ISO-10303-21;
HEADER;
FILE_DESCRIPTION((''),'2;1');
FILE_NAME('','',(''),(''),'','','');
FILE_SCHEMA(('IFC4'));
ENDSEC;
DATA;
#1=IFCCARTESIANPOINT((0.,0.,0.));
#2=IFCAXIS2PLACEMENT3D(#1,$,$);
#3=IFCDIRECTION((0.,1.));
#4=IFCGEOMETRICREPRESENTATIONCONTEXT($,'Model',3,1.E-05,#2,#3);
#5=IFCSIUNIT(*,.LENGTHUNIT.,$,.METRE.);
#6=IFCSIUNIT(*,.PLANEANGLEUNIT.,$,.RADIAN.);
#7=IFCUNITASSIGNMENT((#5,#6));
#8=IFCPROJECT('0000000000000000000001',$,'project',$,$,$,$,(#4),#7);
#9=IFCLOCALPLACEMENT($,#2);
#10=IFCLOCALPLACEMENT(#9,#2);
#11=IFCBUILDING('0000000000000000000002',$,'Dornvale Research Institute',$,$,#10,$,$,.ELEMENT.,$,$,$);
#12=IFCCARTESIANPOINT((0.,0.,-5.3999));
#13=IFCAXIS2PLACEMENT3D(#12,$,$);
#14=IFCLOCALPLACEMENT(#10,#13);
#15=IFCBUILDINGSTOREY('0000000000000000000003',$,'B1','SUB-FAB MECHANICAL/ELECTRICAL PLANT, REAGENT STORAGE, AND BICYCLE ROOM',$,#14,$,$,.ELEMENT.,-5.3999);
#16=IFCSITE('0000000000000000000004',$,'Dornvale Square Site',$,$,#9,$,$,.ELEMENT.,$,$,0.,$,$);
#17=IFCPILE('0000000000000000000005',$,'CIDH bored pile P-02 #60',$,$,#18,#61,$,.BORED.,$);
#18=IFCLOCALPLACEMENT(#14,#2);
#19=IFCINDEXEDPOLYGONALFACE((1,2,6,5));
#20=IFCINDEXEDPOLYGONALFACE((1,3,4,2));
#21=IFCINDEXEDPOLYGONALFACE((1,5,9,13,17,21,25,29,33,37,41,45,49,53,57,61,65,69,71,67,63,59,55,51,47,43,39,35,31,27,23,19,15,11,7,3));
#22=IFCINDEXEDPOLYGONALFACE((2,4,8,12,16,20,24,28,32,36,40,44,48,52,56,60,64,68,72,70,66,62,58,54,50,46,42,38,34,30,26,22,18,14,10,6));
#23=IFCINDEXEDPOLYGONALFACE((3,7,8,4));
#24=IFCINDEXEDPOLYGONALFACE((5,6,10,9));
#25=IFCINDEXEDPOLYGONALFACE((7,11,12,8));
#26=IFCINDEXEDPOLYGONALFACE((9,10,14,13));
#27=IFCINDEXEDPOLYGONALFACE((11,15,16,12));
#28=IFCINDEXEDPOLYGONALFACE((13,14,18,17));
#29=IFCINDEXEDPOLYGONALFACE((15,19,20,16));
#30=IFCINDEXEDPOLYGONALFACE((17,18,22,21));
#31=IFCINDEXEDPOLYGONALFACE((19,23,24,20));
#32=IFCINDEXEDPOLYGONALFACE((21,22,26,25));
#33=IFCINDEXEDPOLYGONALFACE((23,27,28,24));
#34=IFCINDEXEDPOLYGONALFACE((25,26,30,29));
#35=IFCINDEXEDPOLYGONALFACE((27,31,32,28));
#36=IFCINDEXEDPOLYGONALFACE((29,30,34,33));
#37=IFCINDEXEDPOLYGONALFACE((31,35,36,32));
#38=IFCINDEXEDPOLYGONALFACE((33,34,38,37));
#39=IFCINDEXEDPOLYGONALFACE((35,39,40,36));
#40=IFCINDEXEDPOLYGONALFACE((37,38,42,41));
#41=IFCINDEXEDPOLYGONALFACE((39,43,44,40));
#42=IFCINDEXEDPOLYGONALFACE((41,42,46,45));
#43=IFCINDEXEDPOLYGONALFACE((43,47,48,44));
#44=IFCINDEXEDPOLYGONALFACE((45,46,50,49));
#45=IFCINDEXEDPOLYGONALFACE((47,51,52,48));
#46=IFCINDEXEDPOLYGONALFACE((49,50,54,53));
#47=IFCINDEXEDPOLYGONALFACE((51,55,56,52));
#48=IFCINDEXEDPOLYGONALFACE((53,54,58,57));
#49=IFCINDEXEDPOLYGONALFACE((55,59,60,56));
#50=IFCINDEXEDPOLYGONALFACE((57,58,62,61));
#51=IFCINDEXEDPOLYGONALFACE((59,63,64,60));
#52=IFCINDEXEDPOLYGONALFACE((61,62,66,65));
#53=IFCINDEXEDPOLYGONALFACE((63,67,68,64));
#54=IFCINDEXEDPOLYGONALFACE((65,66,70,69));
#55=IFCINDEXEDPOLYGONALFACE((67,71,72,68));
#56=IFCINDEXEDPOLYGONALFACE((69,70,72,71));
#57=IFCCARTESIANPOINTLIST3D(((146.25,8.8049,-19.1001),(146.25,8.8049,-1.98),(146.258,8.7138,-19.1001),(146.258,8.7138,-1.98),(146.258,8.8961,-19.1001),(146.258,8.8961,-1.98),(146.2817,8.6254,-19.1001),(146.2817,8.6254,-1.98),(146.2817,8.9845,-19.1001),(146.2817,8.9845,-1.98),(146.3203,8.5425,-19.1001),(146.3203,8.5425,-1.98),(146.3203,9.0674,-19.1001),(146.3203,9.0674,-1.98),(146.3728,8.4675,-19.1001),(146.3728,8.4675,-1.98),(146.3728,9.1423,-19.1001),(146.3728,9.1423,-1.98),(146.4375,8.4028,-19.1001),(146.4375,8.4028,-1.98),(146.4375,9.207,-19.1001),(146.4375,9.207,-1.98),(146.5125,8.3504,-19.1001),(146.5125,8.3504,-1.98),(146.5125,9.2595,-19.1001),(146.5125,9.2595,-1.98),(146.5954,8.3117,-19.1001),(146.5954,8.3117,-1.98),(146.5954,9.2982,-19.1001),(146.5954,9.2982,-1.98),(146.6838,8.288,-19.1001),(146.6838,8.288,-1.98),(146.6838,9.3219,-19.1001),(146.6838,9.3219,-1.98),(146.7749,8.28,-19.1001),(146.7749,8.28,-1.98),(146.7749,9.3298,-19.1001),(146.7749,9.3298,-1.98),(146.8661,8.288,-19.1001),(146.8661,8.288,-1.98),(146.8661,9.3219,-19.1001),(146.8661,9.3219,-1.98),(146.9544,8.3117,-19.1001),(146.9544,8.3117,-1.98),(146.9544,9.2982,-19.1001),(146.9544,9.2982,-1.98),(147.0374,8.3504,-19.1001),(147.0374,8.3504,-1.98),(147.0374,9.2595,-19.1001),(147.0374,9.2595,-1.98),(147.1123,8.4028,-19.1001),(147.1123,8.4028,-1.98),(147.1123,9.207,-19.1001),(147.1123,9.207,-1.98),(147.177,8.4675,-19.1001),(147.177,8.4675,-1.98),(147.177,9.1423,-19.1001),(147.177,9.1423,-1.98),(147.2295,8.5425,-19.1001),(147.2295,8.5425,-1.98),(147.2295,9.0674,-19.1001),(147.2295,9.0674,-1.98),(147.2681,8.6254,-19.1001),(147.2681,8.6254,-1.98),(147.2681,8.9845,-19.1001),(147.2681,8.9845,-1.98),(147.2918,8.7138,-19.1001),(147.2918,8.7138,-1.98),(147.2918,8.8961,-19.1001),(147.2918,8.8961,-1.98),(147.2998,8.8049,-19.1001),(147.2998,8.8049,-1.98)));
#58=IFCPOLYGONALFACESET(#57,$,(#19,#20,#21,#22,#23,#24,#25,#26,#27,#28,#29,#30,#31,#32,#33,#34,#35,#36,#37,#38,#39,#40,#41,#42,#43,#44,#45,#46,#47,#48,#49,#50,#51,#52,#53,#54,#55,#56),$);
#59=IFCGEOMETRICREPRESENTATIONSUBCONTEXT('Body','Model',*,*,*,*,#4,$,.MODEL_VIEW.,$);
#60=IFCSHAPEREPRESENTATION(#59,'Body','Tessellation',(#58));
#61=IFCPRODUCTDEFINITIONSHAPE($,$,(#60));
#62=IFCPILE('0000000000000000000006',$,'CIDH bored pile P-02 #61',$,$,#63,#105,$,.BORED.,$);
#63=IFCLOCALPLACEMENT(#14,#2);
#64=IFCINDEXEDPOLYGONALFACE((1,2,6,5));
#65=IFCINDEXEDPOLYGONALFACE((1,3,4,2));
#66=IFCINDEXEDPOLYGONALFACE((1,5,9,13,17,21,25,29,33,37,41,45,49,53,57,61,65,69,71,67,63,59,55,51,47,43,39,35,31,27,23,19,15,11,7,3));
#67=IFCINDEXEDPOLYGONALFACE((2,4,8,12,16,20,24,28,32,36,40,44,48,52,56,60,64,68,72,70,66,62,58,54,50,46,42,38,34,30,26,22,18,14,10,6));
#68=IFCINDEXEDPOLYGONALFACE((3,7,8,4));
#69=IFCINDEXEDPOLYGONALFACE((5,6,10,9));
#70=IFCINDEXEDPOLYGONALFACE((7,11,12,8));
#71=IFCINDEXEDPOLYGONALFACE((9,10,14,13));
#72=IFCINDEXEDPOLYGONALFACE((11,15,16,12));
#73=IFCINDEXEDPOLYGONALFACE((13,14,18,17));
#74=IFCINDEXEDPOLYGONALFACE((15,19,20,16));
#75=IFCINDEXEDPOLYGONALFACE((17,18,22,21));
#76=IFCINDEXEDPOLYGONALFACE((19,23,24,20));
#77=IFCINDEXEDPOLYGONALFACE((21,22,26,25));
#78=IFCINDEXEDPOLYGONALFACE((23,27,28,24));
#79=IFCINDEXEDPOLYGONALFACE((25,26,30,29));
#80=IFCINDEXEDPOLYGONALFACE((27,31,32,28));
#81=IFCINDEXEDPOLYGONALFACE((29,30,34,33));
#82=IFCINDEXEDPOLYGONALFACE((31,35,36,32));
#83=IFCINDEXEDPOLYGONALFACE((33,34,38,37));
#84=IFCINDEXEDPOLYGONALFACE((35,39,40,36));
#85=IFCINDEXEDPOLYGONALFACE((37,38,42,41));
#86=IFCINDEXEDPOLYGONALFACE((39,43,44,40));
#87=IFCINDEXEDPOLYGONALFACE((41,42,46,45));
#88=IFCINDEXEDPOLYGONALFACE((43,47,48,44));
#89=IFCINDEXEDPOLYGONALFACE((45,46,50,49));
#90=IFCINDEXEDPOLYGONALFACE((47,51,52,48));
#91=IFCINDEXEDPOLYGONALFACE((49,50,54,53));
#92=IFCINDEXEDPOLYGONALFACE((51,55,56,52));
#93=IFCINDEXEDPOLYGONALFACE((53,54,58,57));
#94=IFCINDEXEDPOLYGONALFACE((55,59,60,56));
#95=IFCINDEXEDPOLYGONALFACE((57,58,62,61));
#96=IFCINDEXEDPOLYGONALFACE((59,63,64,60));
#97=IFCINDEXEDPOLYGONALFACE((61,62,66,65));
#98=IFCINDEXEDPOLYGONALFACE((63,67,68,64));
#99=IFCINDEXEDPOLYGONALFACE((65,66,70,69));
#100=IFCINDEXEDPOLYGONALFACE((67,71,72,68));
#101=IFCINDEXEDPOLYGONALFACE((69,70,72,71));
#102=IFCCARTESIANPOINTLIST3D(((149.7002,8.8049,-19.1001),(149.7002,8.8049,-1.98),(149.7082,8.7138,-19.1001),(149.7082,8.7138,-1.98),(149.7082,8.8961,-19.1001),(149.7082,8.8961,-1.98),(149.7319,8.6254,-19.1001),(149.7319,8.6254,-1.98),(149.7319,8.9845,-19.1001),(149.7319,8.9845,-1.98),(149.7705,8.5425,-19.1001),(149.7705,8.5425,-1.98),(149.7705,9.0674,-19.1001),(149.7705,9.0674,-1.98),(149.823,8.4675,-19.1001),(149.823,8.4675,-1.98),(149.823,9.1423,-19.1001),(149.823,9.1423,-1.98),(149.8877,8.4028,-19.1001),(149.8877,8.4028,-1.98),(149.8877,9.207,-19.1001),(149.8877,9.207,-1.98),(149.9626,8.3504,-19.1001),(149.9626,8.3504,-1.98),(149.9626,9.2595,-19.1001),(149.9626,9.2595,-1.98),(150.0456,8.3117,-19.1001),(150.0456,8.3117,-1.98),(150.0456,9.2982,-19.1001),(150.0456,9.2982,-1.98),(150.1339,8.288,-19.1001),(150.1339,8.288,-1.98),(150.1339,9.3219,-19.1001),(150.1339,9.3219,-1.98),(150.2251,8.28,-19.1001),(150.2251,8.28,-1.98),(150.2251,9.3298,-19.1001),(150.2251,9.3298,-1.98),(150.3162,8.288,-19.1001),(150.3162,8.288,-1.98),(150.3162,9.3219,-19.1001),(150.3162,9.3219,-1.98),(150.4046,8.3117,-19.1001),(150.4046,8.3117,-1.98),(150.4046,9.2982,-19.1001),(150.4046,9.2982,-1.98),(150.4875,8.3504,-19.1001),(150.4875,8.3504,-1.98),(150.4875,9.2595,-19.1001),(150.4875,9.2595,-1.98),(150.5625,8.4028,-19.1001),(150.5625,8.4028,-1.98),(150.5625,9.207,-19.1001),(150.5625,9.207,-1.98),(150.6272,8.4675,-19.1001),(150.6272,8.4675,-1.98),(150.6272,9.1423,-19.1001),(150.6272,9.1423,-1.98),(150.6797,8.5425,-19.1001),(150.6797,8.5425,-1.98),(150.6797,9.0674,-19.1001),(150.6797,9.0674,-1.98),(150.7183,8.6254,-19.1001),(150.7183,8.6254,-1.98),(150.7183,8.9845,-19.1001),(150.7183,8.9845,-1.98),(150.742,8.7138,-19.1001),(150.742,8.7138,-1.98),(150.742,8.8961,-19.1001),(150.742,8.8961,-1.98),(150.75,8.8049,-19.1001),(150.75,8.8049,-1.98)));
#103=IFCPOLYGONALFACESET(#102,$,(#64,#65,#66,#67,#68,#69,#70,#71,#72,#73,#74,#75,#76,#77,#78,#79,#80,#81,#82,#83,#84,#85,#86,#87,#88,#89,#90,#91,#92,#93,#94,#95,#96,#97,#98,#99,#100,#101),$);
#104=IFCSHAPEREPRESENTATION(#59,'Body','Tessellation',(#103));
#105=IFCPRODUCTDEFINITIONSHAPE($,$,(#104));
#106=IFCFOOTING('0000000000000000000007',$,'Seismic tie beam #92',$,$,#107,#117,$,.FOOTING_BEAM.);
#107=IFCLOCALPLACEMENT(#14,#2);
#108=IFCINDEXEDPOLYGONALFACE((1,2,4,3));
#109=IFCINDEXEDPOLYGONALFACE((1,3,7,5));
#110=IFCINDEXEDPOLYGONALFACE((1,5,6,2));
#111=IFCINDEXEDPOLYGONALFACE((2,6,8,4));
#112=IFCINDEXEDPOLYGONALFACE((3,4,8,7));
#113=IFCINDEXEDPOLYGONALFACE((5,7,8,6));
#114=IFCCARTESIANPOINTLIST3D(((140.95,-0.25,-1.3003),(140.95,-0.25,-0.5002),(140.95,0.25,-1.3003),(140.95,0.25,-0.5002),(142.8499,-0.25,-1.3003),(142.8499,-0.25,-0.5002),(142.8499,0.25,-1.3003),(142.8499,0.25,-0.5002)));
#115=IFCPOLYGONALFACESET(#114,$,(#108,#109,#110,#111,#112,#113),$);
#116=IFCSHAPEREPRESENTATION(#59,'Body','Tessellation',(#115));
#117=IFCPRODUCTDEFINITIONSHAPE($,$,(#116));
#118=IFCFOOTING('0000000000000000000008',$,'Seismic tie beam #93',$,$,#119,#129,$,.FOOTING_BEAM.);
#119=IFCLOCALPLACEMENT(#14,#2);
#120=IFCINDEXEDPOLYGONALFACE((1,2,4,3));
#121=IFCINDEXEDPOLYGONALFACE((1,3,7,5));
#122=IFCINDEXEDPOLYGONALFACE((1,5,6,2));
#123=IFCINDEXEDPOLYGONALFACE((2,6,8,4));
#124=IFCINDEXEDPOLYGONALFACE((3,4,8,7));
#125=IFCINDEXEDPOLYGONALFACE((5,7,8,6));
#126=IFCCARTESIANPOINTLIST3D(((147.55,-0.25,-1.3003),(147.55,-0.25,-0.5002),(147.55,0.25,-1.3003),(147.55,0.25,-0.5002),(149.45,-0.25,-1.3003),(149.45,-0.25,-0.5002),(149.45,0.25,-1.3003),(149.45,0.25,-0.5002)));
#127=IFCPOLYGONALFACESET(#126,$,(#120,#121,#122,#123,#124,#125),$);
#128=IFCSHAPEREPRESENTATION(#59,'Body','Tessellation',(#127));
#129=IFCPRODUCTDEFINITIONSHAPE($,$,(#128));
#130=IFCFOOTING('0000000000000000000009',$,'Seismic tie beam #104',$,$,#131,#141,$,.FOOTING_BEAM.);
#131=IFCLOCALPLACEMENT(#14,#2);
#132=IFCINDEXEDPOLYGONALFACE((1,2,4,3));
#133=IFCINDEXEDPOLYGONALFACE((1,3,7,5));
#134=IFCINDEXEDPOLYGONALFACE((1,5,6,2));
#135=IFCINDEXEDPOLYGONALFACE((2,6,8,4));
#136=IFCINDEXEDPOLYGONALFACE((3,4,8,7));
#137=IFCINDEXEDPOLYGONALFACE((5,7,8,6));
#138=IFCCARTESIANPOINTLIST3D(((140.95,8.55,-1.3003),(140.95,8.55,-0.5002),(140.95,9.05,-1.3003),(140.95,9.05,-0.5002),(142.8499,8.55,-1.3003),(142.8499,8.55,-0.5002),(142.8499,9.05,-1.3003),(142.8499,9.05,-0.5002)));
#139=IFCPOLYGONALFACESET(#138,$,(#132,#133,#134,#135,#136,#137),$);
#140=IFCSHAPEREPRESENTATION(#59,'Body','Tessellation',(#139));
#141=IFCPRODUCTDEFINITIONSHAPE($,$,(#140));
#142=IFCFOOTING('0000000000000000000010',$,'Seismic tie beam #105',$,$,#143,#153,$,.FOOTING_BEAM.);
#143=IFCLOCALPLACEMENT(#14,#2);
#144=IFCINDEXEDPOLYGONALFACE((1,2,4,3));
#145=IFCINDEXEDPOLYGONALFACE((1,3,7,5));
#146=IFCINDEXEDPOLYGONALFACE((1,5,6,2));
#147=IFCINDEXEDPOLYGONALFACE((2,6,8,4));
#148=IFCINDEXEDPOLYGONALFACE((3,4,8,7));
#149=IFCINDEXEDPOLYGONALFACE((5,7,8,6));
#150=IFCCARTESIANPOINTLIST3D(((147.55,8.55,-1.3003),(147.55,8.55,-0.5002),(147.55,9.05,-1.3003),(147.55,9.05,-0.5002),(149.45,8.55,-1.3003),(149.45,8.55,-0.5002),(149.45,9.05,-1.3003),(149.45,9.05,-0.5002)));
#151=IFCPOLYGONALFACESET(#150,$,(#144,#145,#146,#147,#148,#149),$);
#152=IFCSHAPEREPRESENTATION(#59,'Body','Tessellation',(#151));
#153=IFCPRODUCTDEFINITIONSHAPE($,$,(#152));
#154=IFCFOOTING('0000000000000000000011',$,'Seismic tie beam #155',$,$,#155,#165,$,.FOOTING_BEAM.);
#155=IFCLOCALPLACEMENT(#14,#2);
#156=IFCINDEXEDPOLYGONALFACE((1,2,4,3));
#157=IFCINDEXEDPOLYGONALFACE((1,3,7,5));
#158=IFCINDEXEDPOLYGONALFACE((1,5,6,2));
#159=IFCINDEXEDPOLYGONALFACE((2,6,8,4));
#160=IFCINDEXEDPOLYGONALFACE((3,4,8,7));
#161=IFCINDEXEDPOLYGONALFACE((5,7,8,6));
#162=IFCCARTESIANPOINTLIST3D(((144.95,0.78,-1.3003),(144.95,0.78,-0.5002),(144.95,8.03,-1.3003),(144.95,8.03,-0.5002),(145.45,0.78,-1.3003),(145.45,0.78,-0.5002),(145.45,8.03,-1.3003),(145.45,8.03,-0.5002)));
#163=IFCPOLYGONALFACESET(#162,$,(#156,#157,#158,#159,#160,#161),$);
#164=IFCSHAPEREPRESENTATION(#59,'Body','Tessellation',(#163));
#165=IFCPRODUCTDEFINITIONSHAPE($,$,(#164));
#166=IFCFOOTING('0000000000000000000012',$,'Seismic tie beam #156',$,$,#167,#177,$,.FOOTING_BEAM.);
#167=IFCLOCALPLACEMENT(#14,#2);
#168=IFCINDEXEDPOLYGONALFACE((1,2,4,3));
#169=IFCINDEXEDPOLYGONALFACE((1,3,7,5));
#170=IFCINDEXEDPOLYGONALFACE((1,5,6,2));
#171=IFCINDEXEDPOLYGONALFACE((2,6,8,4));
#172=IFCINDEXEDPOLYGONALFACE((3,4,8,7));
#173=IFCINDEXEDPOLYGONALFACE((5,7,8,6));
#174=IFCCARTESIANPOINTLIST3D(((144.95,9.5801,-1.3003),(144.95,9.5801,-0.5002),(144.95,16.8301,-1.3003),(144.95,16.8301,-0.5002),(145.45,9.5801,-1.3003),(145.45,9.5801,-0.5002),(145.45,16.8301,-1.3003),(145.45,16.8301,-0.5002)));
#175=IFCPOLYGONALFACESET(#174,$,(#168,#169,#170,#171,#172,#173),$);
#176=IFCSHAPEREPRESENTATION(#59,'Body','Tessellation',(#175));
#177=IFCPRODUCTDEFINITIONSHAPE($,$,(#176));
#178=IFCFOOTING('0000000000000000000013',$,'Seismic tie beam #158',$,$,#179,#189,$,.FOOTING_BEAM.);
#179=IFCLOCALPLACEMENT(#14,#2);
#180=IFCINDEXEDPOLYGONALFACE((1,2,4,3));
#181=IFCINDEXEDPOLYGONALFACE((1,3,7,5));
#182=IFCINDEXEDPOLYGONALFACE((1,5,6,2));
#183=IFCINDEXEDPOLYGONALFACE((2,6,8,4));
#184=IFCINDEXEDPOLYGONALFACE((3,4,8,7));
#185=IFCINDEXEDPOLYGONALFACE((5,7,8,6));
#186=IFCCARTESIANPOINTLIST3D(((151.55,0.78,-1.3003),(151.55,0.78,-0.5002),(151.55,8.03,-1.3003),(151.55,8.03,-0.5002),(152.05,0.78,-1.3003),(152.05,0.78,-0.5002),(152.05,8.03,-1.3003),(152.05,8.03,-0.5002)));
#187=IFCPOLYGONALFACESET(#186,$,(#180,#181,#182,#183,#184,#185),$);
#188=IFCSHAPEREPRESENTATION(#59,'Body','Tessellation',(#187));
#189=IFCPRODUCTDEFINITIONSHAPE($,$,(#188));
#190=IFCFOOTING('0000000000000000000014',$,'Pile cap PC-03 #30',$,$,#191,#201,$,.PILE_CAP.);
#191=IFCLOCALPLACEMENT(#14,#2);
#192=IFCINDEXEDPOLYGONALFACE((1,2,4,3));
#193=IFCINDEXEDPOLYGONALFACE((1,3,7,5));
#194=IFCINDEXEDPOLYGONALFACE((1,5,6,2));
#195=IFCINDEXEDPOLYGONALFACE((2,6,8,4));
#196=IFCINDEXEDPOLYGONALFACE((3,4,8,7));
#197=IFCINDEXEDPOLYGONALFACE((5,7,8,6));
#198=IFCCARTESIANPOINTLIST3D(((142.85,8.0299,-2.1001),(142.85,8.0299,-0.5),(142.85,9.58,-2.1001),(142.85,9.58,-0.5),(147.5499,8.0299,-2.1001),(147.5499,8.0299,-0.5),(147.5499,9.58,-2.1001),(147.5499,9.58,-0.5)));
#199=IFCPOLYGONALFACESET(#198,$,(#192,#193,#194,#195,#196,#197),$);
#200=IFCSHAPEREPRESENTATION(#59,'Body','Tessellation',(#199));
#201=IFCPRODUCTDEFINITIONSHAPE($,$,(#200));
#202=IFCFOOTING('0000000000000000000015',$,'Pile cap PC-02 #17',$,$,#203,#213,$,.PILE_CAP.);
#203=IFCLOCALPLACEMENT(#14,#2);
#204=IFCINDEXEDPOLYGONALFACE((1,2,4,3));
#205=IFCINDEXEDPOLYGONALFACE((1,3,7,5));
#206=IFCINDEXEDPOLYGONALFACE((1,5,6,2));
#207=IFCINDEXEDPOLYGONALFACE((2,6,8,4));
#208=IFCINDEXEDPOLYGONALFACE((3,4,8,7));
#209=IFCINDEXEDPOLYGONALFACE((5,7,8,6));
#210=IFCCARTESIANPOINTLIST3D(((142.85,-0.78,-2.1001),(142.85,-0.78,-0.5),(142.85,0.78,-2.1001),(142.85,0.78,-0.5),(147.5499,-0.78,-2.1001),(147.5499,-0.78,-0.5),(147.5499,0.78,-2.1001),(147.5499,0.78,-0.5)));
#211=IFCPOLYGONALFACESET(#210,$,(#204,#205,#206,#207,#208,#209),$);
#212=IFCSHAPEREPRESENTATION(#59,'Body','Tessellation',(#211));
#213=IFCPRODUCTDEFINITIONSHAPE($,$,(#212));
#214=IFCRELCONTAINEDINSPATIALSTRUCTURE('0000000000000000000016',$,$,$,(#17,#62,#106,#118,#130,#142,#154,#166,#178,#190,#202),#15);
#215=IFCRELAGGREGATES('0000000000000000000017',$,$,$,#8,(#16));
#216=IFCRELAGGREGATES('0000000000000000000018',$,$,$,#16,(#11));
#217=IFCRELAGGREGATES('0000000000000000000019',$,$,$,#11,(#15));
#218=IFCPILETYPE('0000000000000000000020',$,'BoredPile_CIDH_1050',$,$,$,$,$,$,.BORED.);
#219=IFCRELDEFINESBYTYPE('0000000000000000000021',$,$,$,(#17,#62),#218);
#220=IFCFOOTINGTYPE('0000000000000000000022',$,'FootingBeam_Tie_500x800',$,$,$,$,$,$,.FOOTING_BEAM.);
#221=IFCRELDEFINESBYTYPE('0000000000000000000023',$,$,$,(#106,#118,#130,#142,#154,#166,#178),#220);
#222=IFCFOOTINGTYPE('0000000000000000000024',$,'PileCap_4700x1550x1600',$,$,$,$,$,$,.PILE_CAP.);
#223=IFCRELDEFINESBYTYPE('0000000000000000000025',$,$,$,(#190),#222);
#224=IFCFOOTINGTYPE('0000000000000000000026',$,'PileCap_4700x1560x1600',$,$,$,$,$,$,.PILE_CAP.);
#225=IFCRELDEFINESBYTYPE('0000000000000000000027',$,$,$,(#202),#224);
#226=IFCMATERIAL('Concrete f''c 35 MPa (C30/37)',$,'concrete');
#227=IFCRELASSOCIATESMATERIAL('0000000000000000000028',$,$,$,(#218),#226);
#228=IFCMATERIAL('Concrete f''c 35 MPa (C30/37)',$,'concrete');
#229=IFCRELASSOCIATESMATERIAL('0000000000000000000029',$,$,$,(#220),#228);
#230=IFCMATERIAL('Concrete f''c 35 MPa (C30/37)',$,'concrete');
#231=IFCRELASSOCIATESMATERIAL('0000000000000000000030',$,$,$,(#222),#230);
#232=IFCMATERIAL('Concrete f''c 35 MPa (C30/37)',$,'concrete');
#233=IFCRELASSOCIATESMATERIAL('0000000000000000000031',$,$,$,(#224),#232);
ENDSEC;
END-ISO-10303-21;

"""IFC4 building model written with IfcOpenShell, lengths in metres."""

from ifc_helpers import new_model, si_unit, direction, frame, origin, origin_2d, place, context, subcontext, project, spatial, rectangle, circle, extrude, material, material_profile, profile_set, type_object, element, save


model = new_model("IFC4")

# Units and contexts
model_context = context("Model", 3, precision=1e-05, world=origin(), true_north=direction((0.0, 1.0)))
body_context = subcontext(model_context, "Body", "Model", "MODEL_VIEW")
ifc_project = project(units=[si_unit("LENGTHUNIT", "METRE"), si_unit("PLANEANGLEUNIT", "RADIAN")], contexts=[model_context])

# Site, building, storey
site_placement = place(None, origin())
site = spatial("IfcSite", under=ifc_project, at=site_placement, Name="Dornvale Square Site", CompositionType="ELEMENT", RefElevation=0.0)
building_placement = place(site_placement, origin())
building = spatial("IfcBuilding", under=site, at=building_placement, Name="Dornvale Research Institute", CompositionType="ELEMENT")
storey_placement = place(building_placement, frame((0.0, 0.0, -5.3999)))
storey = spatial("IfcBuildingStorey", under=building, at=storey_placement, Name="B1", Description="SUB-FAB MECHANICAL/ELECTRICAL PLANT, REAGENT STORAGE, AND BICYCLE ROOM", CompositionType="ELEMENT", Elevation=-5.3999)

# Piles
ifc_material_1 = material(Name="Concrete f'c 35 MPa (C30/37)", Category="concrete")
ifc_material_profile_1 = material_profile(ifc_material_1, circle(Radius=0.5249, at=origin_2d()), Name="CIDH PILE D1050")
ifc_profile_set_1 = profile_set([ifc_material_profile_1], Name="Concrete f'c 35 MPa (C30/37)")
pile_type = type_object("IfcPileType", Name="BoredPile_CIDH_1050", PredefinedType="BORED", material=ifc_profile_set_1)
for number, where, z_axis, x_axis, name in (
    (1, (146.7749, 8.8049, -1.98), (0.0, 0.0, -1.0), (1.0, 0.0, 0.0), "CIDH bored pile P-02 #60"),
    (2, (150.2251, 8.8049, -1.98), (0.0, 0.0, -1.0), (1.0, 0.0, 0.0), "CIDH bored pile P-02 #61"),
):
    element("IfcPile", number, at=place(storey_placement, frame(where, z_axis=z_axis, x_axis=x_axis)), inside=storey, type_object=pile_type, Name=name, PredefinedType="BORED", context=body_context, shape_type="SweptSolid", body=[
        extrude(circle(Radius=0.5249, at=origin_2d()), origin(), (0.0, 0.0, 1.0), 17.1201),
    ])

# Footings
ifc_material_2 = material(Name="Concrete f'c 35 MPa (C30/37)", Category="concrete")
footing_type_1 = type_object("IfcFootingType", Name="FootingBeam_Tie_500x800", PredefinedType="FOOTING_BEAM", material=ifc_material_2)
for number, where, z_axis, x_axis, name in (
    (3, (141.8999, 0.0, -1.3003), (0.0, 0.0, 1.0), (1.0, 0.0, 0.0), "Seismic tie beam #92"),
    (4, (148.5, 0.0, -1.3003), (0.0, 0.0, 1.0), (1.0, 0.0, 0.0), "Seismic tie beam #93"),
    (5, (141.8999, 8.8, -1.3003), (0.0, 0.0, 1.0), (1.0, 0.0, 0.0), "Seismic tie beam #104"),
    (6, (148.5, 8.8, -1.3003), (0.0, 0.0, 1.0), (1.0, 0.0, 0.0), "Seismic tie beam #105"),
):
    element("IfcFooting", number, at=place(storey_placement, frame(where, z_axis=z_axis, x_axis=x_axis)), inside=storey, type_object=footing_type_1, Name=name, PredefinedType="FOOTING_BEAM", context=body_context, shape_type="SweptSolid", body=[
        extrude(rectangle(XDim=1.8999, YDim=0.5, at=origin_2d()), origin(), (0.0, 0.0, 1.0), 0.8),
    ])
for number, where, z_axis, x_axis, name in (
    (7, (145.2, 4.405, -1.3003), (0.0, 0.0, 1.0), (0.0, 1.0, 0.0), "Seismic tie beam #155"),
    (8, (145.2, 13.2051, -1.3003), (0.0, 0.0, 1.0), (0.0, 1.0, 0.0), "Seismic tie beam #156"),
    (9, (151.8, 4.405, -1.3003), (0.0, 0.0, 1.0), (0.0, 1.0, 0.0), "Seismic tie beam #158"),
):
    element("IfcFooting", number, at=place(storey_placement, frame(where, z_axis=z_axis, x_axis=x_axis)), inside=storey, type_object=footing_type_1, Name=name, PredefinedType="FOOTING_BEAM", context=body_context, shape_type="SweptSolid", body=[
        extrude(rectangle(XDim=7.25, YDim=0.5, at=origin_2d()), origin(), (0.0, 0.0, 1.0), 0.8),
    ])
ifc_material_3 = material(Name="Concrete f'c 35 MPa (C30/37)", Category="concrete")
footing_type_2 = type_object("IfcFootingType", Name="PileCap_4700x1550x1600", PredefinedType="PILE_CAP", material=ifc_material_3)
footing_placement = place(storey_placement, frame((145.2, 8.8049, -2.1001), z_axis=(0.0, 0.0, 1.0), x_axis=(1.0, 0.0, 0.0)))
element("IfcFooting", 10, at=footing_placement, inside=storey, type_object=footing_type_2, Name="Pile cap PC-03 #30", PredefinedType="PILE_CAP", context=body_context, shape_type="SweptSolid", body=[
    extrude(rectangle(XDim=4.7, YDim=1.55, at=origin_2d()), origin(), (0.0, 0.0, 1.0), 1.6001),
])
ifc_material_4 = material(Name="Concrete f'c 35 MPa (C30/37)", Category="concrete")
footing_type_3 = type_object("IfcFootingType", Name="PileCap_4700x1560x1600", PredefinedType="PILE_CAP", material=ifc_material_4)
for number, where, z_axis, x_axis, name in (
    (11, (145.2, 0.0, -2.1001), (0.0, 0.0, 1.0), (1.0, 0.0, 0.0), "Pile cap PC-02 #17"),
):
    element("IfcFooting", number, at=place(storey_placement, frame(where, z_axis=z_axis, x_axis=x_axis)), inside=storey, type_object=footing_type_3, Name=name, PredefinedType="PILE_CAP", context=body_context, shape_type="SweptSolid", body=[
        extrude(rectangle(XDim=4.7, YDim=1.5601, at=origin_2d()), origin(), (0.0, 0.0, 1.0), 1.6001),
    ])

save(model, "model.ifc")
